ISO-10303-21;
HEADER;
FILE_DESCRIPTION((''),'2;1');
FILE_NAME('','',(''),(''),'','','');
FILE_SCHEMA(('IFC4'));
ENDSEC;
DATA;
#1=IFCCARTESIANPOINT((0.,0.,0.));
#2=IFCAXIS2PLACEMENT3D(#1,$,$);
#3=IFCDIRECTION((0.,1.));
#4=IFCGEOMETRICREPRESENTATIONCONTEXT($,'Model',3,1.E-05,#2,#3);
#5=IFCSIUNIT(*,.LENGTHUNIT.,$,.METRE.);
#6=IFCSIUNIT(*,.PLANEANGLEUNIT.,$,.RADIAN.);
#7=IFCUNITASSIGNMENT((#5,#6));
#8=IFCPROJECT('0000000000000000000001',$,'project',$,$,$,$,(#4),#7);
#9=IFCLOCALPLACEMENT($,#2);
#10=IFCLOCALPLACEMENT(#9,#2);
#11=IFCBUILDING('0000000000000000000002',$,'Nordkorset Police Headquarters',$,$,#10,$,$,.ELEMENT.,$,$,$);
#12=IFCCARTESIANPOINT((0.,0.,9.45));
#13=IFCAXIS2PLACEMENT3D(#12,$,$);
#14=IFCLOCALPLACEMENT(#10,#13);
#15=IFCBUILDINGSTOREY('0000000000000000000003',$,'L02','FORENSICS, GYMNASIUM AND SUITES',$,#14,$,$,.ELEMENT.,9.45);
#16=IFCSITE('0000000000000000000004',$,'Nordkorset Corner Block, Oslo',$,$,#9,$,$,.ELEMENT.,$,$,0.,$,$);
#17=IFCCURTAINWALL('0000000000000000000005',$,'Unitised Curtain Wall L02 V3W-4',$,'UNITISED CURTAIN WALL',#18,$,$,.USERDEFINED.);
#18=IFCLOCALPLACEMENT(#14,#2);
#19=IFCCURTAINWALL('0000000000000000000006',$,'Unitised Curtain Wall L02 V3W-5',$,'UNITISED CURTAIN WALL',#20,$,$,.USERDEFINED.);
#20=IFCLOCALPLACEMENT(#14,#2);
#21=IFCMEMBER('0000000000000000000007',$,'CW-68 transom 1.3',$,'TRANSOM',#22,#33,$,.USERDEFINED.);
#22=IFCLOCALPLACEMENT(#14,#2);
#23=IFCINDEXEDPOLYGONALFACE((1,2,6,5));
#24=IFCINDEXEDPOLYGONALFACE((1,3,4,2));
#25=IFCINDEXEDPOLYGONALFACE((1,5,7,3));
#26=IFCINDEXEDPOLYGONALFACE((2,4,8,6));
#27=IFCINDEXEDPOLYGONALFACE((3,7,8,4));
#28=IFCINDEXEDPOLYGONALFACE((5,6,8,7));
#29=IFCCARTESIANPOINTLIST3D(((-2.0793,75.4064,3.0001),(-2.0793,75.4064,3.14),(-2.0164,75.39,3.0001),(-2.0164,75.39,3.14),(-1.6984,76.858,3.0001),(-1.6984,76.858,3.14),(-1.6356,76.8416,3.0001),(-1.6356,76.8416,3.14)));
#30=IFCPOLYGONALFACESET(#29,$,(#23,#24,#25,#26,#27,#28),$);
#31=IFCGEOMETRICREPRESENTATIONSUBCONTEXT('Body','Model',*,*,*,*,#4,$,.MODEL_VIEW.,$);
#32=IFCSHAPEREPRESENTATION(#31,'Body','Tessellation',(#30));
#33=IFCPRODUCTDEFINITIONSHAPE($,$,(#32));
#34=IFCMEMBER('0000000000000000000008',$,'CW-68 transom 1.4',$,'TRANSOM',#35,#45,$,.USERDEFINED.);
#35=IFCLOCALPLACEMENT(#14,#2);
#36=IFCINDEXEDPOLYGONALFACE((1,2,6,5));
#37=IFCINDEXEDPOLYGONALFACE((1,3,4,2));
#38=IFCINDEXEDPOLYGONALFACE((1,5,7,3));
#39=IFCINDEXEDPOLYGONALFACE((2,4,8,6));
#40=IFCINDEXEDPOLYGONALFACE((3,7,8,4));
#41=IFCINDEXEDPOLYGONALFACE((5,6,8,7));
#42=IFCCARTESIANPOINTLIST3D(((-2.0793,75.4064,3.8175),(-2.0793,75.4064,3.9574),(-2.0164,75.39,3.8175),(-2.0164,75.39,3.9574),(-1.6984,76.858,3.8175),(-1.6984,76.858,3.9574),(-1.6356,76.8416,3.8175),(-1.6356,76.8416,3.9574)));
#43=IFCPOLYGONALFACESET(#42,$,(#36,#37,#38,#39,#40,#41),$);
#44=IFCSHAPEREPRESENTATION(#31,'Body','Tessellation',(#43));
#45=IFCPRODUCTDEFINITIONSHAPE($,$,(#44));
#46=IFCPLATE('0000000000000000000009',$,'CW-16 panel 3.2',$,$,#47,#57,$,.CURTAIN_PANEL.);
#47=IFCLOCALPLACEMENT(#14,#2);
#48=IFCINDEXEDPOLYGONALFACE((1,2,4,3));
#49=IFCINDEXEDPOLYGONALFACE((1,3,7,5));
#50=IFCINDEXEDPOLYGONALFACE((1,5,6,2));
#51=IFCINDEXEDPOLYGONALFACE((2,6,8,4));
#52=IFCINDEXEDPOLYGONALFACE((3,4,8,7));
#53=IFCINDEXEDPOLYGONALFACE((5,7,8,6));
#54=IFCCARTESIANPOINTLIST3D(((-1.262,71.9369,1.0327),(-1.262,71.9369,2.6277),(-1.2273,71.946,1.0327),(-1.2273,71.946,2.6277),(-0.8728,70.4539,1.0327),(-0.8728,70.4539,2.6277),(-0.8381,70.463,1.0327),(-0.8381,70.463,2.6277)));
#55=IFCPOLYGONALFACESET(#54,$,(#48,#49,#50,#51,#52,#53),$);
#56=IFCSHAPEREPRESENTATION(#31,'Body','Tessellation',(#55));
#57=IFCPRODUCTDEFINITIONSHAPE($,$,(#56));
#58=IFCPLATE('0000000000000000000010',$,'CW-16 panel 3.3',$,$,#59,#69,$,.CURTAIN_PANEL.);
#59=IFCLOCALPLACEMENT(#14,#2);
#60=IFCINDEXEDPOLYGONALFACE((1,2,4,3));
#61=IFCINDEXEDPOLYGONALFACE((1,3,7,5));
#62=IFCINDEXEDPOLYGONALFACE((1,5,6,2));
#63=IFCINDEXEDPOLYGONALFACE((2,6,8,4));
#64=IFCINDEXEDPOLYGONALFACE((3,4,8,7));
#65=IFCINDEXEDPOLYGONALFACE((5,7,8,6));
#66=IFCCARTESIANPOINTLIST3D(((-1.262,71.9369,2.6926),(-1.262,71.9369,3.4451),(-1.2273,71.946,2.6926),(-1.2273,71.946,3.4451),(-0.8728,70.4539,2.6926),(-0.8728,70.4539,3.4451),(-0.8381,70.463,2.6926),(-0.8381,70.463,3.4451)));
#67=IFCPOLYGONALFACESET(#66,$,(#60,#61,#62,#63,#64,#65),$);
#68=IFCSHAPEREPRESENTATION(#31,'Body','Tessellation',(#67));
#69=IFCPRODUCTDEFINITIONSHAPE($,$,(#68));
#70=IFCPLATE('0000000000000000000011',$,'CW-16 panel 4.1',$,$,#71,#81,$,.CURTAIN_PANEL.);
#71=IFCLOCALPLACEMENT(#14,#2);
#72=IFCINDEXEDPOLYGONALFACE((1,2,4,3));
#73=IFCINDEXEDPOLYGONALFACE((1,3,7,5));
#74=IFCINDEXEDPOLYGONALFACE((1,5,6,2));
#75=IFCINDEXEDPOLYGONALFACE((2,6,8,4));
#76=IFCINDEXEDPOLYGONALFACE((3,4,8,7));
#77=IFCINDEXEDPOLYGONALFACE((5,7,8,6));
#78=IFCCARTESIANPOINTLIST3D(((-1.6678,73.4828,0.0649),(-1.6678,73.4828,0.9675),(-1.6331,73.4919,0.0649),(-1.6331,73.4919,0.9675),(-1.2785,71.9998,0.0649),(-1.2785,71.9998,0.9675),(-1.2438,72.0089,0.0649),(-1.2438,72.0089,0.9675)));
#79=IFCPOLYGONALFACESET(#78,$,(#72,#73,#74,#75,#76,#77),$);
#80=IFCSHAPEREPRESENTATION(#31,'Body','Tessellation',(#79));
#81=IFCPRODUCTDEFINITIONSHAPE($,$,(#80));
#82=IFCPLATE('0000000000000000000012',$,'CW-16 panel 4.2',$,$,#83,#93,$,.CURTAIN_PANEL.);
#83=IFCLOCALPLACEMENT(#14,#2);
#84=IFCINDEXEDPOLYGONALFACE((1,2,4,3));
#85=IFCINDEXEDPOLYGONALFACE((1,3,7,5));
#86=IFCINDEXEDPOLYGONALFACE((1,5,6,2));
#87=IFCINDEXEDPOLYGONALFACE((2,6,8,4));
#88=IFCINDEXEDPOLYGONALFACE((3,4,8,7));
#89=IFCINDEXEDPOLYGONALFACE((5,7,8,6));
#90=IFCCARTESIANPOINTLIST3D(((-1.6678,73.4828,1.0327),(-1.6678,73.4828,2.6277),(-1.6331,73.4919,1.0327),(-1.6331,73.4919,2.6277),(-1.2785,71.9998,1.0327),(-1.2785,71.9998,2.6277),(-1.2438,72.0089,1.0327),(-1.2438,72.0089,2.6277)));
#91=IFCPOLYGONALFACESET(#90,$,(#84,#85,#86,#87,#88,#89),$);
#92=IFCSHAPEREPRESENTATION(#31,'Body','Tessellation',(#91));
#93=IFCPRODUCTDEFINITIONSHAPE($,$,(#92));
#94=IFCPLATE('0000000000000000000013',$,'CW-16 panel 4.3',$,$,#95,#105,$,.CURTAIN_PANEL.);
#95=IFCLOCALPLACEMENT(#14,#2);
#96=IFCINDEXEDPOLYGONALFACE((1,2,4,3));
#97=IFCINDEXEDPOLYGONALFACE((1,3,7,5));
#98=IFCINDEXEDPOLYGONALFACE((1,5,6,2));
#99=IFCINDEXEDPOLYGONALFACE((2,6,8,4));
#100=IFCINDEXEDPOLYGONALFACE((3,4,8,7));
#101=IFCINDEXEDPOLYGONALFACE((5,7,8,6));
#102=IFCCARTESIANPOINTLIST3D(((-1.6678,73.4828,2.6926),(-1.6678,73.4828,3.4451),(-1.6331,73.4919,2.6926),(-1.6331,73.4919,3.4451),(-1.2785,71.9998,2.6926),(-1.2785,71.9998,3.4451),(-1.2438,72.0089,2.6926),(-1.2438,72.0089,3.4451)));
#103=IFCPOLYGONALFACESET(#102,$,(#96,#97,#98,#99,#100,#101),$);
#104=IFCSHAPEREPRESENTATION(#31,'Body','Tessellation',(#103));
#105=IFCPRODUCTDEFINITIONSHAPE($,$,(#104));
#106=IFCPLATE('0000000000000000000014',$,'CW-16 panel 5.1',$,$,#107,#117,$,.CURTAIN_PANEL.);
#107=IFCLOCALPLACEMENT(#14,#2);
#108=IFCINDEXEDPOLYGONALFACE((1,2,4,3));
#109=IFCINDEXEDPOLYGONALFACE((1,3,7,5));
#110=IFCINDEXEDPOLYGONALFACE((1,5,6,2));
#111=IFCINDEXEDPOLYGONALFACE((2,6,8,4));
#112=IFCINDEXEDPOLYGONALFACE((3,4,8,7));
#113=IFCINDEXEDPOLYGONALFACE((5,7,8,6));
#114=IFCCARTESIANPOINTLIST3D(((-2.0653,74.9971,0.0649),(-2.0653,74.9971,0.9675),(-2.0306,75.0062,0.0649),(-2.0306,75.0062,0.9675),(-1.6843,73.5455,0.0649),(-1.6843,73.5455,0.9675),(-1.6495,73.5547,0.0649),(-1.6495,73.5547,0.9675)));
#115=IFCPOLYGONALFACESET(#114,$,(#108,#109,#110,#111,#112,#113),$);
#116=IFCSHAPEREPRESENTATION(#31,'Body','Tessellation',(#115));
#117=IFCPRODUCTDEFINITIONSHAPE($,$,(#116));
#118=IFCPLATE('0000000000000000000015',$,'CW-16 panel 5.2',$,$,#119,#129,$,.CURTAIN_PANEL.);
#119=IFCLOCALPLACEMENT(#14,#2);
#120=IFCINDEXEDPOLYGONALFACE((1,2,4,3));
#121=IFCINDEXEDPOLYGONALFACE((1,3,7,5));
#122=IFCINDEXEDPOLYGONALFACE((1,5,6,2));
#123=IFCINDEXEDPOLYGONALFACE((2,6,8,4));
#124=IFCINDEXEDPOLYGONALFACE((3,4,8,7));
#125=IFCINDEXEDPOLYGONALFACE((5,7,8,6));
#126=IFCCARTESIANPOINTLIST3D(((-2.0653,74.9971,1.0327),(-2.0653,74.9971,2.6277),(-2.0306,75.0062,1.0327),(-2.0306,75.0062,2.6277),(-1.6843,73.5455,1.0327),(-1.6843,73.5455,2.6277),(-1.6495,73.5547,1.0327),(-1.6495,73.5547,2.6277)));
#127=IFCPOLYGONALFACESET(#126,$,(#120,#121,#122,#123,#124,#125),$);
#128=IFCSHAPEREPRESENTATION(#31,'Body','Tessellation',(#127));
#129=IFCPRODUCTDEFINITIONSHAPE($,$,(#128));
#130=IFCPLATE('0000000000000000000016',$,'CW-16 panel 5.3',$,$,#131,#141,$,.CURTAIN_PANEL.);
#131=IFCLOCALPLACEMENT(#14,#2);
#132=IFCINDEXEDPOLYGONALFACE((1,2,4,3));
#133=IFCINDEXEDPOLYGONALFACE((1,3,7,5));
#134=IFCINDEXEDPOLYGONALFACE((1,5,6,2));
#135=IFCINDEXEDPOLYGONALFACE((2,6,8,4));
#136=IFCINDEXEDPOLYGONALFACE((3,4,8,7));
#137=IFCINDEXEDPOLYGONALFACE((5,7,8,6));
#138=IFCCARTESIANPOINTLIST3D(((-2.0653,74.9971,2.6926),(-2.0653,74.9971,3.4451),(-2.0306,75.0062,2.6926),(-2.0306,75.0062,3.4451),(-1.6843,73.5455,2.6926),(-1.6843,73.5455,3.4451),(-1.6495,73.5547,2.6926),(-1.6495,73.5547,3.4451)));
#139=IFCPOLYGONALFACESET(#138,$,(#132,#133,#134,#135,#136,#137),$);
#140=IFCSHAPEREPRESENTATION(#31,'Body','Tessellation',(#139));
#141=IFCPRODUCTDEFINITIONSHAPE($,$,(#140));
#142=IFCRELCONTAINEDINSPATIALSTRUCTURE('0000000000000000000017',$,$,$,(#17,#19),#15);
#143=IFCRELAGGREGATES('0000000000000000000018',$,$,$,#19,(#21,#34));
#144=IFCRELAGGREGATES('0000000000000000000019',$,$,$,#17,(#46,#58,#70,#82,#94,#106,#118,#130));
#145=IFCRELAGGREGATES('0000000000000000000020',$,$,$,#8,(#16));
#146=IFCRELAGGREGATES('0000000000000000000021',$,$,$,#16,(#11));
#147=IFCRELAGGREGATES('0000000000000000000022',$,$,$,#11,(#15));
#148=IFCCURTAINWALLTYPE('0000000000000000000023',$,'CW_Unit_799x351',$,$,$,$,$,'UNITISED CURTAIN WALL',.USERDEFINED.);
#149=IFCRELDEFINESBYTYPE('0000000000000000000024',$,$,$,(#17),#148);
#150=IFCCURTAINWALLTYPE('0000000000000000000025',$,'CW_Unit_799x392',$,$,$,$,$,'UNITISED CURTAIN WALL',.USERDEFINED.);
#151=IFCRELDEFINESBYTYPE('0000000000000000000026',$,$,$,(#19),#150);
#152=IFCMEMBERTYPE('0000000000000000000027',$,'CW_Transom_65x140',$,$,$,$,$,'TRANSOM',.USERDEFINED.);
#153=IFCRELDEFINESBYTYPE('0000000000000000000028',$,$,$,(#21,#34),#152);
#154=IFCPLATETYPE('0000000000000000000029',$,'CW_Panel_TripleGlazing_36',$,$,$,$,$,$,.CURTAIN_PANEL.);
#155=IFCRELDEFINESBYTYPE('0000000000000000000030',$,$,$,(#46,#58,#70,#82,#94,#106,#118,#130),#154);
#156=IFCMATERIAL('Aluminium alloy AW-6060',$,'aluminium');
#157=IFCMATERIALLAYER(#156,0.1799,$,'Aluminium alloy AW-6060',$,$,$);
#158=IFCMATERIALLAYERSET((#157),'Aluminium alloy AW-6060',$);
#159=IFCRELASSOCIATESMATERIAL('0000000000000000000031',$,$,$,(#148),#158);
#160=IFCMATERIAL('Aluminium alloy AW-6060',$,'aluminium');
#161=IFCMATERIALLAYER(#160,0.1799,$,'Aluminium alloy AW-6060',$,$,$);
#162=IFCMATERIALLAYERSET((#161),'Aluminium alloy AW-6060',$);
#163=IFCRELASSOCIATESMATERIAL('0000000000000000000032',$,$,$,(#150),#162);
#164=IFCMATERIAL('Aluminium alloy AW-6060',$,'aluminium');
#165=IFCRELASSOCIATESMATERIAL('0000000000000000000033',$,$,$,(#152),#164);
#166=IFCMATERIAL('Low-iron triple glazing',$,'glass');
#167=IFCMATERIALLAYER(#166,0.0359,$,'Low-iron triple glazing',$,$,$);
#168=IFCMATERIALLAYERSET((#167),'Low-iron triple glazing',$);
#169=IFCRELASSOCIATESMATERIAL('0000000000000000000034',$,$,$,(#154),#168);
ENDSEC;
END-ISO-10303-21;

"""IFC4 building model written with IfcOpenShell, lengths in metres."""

from ifc_helpers import new_model, si_unit, direction, frame, origin, origin_2d, place, context, subcontext, project, spatial, rectangle, extrude, material, layer, layer_set, material_profile, profile_set, type_object, element, aggregate, save


model = new_model("IFC4")

# Units and contexts
model_context = context("Model", 3, precision=1e-05, world=origin(), true_north=direction((0.0, 1.0)))
body_context = subcontext(model_context, "Body", "Model", "MODEL_VIEW")
ifc_project = project(units=[si_unit("LENGTHUNIT", "METRE"), si_unit("PLANEANGLEUNIT", "RADIAN")], contexts=[model_context])

# Site, building, storey
site_placement = place(None, origin())
site = spatial("IfcSite", under=ifc_project, at=site_placement, Name="Nordkorset Corner Block, Oslo", CompositionType="ELEMENT", RefElevation=0.0)
building_placement = place(site_placement, origin())
building = spatial("IfcBuilding", under=site, at=building_placement, Name="Nordkorset Police Headquarters", CompositionType="ELEMENT")
storey_placement = place(building_placement, frame((0.0, 0.0, 9.45)))
storey = spatial("IfcBuildingStorey", under=building, at=storey_placement, Name="L02", Description="FORENSICS, GYMNASIUM AND SUITES", CompositionType="ELEMENT", Elevation=9.45)

# Curtain wall
ifc_material_1 = material(Name="Aluminium alloy AW-6060", Category="aluminium")
ifc_layer_1 = layer(ifc_material_1, 0.1799, Name="Aluminium alloy AW-6060")
ifc_layer_set_1 = layer_set([ifc_layer_1], Name="Aluminium alloy AW-6060")
curtain_wall_type_1 = type_object("IfcCurtainWallType", Name="CW_Unit_799x351", ElementType="UNITISED CURTAIN WALL", PredefinedType="USERDEFINED", material=ifc_layer_set_1)
curtain_wall_1_placement = place(storey_placement, origin())
curtain_wall_1 = element("IfcCurtainWall", 1, at=curtain_wall_1_placement, inside=storey, type_object=curtain_wall_type_1, Name="Unitised Curtain Wall L02 V3W-4", ObjectType="UNITISED CURTAIN WALL", PredefinedType="USERDEFINED")

# Curtain wall
ifc_material_2 = material(Name="Aluminium alloy AW-6060", Category="aluminium")
ifc_layer_2 = layer(ifc_material_2, 0.1799, Name="Aluminium alloy AW-6060")
ifc_layer_set_2 = layer_set([ifc_layer_2], Name="Aluminium alloy AW-6060")
curtain_wall_type_2 = type_object("IfcCurtainWallType", Name="CW_Unit_799x392", ElementType="UNITISED CURTAIN WALL", PredefinedType="USERDEFINED", material=ifc_layer_set_2)
curtain_wall_2_placement = place(storey_placement, origin())
curtain_wall_2 = element("IfcCurtainWall", 2, at=curtain_wall_2_placement, inside=storey, type_object=curtain_wall_type_2, Name="Unitised Curtain Wall L02 V3W-5", ObjectType="UNITISED CURTAIN WALL", PredefinedType="USERDEFINED")

# Members
ifc_material_3 = material(Name="Aluminium alloy AW-6060", Category="aluminium")
ifc_material_profile_1 = material_profile(ifc_material_3, rectangle(XDim=0.0649, YDim=0.1399, at=origin_2d()), Name="ALU TRAN 65x140")
ifc_profile_set_1 = profile_set([ifc_material_profile_1], Name="Aluminium alloy AW-6060")
member_type_1 = type_object("IfcMemberType", Name="CW_Transom_65x140", ElementType="TRANSOM", PredefinedType="USERDEFINED", material=ifc_profile_set_1)
member_1_placement = place(storey_placement, frame((-2.0479, 75.3982, 3.0701), z_axis=(0.253773, 0.967264, 0.0), x_axis=(-0.967264, 0.253773, 0.0)))
member_1 = element("IfcMember", 3, at=member_1_placement, type_object=member_type_1, Name="CW-68 transom 1.3", ObjectType="TRANSOM", PredefinedType="USERDEFINED", context=body_context, shape_type="SweptSolid", body=[
    extrude(rectangle(XDim=0.0649, YDim=0.1399, at=origin_2d()), origin(), (0.0, 0.0, 1.0), 1.5007),
])
member_2_placement = place(storey_placement, frame((-2.0479, 75.3982, 3.8875), z_axis=(0.253773, 0.967264, 0.0), x_axis=(-0.967264, 0.253773, 0.0)))
member_2 = element("IfcMember", 4, at=member_2_placement, type_object=member_type_1, Name="CW-68 transom 1.4", ObjectType="TRANSOM", PredefinedType="USERDEFINED", context=body_context, shape_type="SweptSolid", body=[
    extrude(rectangle(XDim=0.0649, YDim=0.1399, at=origin_2d()), origin(), (0.0, 0.0, 1.0), 1.5007),
])
aggregate(curtain_wall_2, [member_1, member_2])

# Plates
ifc_material_4 = material(Name="Low-iron triple glazing", Category="glass")
ifc_layer_3 = layer(ifc_material_4, 0.0359, Name="Low-iron triple glazing")
ifc_layer_set_3 = layer_set([ifc_layer_3], Name="Low-iron triple glazing")
plate_type = type_object("IfcPlateType", Name="CW_Panel_TripleGlazing_36", PredefinedType="CURTAIN_PANEL", material=ifc_layer_set_3)
plate_1_placement = place(storey_placement, frame((-1.05, 71.2, 1.0327), z_axis=(0.0, 0.0, 1.0), x_axis=(-0.253897, 0.967231, 0.0)))
plate_1 = element("IfcPlate", 5, at=plate_1_placement, type_object=plate_type, Name="CW-16 panel 3.2", PredefinedType="CURTAIN_PANEL", context=body_context, shape_type="SweptSolid", body=[
    extrude(rectangle(XDim=1.5332, YDim=0.0359, at=origin_2d()), origin(), (0.0, 0.0, 1.0), 1.595),
])
plate_2_placement = place(storey_placement, frame((-1.05, 71.2, 2.6926), z_axis=(0.0, 0.0, 1.0), x_axis=(-0.253897, 0.967231, 0.0)))
plate_2 = element("IfcPlate", 6, at=plate_2_placement, type_object=plate_type, Name="CW-16 panel 3.3", PredefinedType="CURTAIN_PANEL", context=body_context, shape_type="SweptSolid", body=[
    extrude(rectangle(XDim=1.5332, YDim=0.0359, at=origin_2d()), origin(), (0.0, 0.0, 1.0), 0.7524),
])
plate_3_placement = place(storey_placement, frame((-1.4558, 72.7458, 0.0649), z_axis=(0.0, 0.0, 1.0), x_axis=(-0.253897, 0.967231, 0.0)))
plate_3 = element("IfcPlate", 7, at=plate_3_placement, type_object=plate_type, Name="CW-16 panel 4.1", PredefinedType="CURTAIN_PANEL", context=body_context, shape_type="SweptSolid", body=[
    extrude(rectangle(XDim=1.5332, YDim=0.0359, at=origin_2d()), origin(), (0.0, 0.0, 1.0), 0.9026),
])
plate_4_placement = place(storey_placement, frame((-1.4558, 72.7458, 1.0327), z_axis=(0.0, 0.0, 1.0), x_axis=(-0.253897, 0.967231, 0.0)))
plate_4 = element("IfcPlate", 8, at=plate_4_placement, type_object=plate_type, Name="CW-16 panel 4.2", PredefinedType="CURTAIN_PANEL", context=body_context, shape_type="SweptSolid", body=[
    extrude(rectangle(XDim=1.5332, YDim=0.0359, at=origin_2d()), origin(), (0.0, 0.0, 1.0), 1.595),
])
plate_5_placement = place(storey_placement, frame((-1.4558, 72.7458, 2.6926), z_axis=(0.0, 0.0, 1.0), x_axis=(-0.253897, 0.967231, 0.0)))
plate_5 = element("IfcPlate", 9, at=plate_5_placement, type_object=plate_type, Name="CW-16 panel 4.3", PredefinedType="CURTAIN_PANEL", context=body_context, shape_type="SweptSolid", body=[
    extrude(rectangle(XDim=1.5332, YDim=0.0359, at=origin_2d()), origin(), (0.0, 0.0, 1.0), 0.7524),
])
plate_6_placement = place(storey_placement, frame((-1.8574, 74.2759, 0.0649), z_axis=(0.0, 0.0, 1.0), x_axis=(-0.253897, 0.967231, 0.0)))
plate_6 = element("IfcPlate", 10, at=plate_6_placement, type_object=plate_type, Name="CW-16 panel 5.1", PredefinedType="CURTAIN_PANEL", context=body_context, shape_type="SweptSolid", body=[
    extrude(rectangle(XDim=1.5007, YDim=0.0359, at=origin_2d()), origin(), (0.0, 0.0, 1.0), 0.9026),
])
plate_7_placement = place(storey_placement, frame((-1.8574, 74.2759, 1.0327), z_axis=(0.0, 0.0, 1.0), x_axis=(-0.253897, 0.967231, 0.0)))
plate_7 = element("IfcPlate", 11, at=plate_7_placement, type_object=plate_type, Name="CW-16 panel 5.2", PredefinedType="CURTAIN_PANEL", context=body_context, shape_type="SweptSolid", body=[
    extrude(rectangle(XDim=1.5007, YDim=0.0359, at=origin_2d()), origin(), (0.0, 0.0, 1.0), 1.595),
])
plate_8_placement = place(storey_placement, frame((-1.8574, 74.2759, 2.6926), z_axis=(0.0, 0.0, 1.0), x_axis=(-0.253897, 0.967231, 0.0)))
plate_8 = element("IfcPlate", 12, at=plate_8_placement, type_object=plate_type, Name="CW-16 panel 5.3", PredefinedType="CURTAIN_PANEL", context=body_context, shape_type="SweptSolid", body=[
    extrude(rectangle(XDim=1.5007, YDim=0.0359, at=origin_2d()), origin(), (0.0, 0.0, 1.0), 0.7524),
])
aggregate(curtain_wall_1, [plate_1, plate_2, plate_3, plate_4, plate_5, plate_6, plate_7, plate_8])

save(model, "model.ifc")
